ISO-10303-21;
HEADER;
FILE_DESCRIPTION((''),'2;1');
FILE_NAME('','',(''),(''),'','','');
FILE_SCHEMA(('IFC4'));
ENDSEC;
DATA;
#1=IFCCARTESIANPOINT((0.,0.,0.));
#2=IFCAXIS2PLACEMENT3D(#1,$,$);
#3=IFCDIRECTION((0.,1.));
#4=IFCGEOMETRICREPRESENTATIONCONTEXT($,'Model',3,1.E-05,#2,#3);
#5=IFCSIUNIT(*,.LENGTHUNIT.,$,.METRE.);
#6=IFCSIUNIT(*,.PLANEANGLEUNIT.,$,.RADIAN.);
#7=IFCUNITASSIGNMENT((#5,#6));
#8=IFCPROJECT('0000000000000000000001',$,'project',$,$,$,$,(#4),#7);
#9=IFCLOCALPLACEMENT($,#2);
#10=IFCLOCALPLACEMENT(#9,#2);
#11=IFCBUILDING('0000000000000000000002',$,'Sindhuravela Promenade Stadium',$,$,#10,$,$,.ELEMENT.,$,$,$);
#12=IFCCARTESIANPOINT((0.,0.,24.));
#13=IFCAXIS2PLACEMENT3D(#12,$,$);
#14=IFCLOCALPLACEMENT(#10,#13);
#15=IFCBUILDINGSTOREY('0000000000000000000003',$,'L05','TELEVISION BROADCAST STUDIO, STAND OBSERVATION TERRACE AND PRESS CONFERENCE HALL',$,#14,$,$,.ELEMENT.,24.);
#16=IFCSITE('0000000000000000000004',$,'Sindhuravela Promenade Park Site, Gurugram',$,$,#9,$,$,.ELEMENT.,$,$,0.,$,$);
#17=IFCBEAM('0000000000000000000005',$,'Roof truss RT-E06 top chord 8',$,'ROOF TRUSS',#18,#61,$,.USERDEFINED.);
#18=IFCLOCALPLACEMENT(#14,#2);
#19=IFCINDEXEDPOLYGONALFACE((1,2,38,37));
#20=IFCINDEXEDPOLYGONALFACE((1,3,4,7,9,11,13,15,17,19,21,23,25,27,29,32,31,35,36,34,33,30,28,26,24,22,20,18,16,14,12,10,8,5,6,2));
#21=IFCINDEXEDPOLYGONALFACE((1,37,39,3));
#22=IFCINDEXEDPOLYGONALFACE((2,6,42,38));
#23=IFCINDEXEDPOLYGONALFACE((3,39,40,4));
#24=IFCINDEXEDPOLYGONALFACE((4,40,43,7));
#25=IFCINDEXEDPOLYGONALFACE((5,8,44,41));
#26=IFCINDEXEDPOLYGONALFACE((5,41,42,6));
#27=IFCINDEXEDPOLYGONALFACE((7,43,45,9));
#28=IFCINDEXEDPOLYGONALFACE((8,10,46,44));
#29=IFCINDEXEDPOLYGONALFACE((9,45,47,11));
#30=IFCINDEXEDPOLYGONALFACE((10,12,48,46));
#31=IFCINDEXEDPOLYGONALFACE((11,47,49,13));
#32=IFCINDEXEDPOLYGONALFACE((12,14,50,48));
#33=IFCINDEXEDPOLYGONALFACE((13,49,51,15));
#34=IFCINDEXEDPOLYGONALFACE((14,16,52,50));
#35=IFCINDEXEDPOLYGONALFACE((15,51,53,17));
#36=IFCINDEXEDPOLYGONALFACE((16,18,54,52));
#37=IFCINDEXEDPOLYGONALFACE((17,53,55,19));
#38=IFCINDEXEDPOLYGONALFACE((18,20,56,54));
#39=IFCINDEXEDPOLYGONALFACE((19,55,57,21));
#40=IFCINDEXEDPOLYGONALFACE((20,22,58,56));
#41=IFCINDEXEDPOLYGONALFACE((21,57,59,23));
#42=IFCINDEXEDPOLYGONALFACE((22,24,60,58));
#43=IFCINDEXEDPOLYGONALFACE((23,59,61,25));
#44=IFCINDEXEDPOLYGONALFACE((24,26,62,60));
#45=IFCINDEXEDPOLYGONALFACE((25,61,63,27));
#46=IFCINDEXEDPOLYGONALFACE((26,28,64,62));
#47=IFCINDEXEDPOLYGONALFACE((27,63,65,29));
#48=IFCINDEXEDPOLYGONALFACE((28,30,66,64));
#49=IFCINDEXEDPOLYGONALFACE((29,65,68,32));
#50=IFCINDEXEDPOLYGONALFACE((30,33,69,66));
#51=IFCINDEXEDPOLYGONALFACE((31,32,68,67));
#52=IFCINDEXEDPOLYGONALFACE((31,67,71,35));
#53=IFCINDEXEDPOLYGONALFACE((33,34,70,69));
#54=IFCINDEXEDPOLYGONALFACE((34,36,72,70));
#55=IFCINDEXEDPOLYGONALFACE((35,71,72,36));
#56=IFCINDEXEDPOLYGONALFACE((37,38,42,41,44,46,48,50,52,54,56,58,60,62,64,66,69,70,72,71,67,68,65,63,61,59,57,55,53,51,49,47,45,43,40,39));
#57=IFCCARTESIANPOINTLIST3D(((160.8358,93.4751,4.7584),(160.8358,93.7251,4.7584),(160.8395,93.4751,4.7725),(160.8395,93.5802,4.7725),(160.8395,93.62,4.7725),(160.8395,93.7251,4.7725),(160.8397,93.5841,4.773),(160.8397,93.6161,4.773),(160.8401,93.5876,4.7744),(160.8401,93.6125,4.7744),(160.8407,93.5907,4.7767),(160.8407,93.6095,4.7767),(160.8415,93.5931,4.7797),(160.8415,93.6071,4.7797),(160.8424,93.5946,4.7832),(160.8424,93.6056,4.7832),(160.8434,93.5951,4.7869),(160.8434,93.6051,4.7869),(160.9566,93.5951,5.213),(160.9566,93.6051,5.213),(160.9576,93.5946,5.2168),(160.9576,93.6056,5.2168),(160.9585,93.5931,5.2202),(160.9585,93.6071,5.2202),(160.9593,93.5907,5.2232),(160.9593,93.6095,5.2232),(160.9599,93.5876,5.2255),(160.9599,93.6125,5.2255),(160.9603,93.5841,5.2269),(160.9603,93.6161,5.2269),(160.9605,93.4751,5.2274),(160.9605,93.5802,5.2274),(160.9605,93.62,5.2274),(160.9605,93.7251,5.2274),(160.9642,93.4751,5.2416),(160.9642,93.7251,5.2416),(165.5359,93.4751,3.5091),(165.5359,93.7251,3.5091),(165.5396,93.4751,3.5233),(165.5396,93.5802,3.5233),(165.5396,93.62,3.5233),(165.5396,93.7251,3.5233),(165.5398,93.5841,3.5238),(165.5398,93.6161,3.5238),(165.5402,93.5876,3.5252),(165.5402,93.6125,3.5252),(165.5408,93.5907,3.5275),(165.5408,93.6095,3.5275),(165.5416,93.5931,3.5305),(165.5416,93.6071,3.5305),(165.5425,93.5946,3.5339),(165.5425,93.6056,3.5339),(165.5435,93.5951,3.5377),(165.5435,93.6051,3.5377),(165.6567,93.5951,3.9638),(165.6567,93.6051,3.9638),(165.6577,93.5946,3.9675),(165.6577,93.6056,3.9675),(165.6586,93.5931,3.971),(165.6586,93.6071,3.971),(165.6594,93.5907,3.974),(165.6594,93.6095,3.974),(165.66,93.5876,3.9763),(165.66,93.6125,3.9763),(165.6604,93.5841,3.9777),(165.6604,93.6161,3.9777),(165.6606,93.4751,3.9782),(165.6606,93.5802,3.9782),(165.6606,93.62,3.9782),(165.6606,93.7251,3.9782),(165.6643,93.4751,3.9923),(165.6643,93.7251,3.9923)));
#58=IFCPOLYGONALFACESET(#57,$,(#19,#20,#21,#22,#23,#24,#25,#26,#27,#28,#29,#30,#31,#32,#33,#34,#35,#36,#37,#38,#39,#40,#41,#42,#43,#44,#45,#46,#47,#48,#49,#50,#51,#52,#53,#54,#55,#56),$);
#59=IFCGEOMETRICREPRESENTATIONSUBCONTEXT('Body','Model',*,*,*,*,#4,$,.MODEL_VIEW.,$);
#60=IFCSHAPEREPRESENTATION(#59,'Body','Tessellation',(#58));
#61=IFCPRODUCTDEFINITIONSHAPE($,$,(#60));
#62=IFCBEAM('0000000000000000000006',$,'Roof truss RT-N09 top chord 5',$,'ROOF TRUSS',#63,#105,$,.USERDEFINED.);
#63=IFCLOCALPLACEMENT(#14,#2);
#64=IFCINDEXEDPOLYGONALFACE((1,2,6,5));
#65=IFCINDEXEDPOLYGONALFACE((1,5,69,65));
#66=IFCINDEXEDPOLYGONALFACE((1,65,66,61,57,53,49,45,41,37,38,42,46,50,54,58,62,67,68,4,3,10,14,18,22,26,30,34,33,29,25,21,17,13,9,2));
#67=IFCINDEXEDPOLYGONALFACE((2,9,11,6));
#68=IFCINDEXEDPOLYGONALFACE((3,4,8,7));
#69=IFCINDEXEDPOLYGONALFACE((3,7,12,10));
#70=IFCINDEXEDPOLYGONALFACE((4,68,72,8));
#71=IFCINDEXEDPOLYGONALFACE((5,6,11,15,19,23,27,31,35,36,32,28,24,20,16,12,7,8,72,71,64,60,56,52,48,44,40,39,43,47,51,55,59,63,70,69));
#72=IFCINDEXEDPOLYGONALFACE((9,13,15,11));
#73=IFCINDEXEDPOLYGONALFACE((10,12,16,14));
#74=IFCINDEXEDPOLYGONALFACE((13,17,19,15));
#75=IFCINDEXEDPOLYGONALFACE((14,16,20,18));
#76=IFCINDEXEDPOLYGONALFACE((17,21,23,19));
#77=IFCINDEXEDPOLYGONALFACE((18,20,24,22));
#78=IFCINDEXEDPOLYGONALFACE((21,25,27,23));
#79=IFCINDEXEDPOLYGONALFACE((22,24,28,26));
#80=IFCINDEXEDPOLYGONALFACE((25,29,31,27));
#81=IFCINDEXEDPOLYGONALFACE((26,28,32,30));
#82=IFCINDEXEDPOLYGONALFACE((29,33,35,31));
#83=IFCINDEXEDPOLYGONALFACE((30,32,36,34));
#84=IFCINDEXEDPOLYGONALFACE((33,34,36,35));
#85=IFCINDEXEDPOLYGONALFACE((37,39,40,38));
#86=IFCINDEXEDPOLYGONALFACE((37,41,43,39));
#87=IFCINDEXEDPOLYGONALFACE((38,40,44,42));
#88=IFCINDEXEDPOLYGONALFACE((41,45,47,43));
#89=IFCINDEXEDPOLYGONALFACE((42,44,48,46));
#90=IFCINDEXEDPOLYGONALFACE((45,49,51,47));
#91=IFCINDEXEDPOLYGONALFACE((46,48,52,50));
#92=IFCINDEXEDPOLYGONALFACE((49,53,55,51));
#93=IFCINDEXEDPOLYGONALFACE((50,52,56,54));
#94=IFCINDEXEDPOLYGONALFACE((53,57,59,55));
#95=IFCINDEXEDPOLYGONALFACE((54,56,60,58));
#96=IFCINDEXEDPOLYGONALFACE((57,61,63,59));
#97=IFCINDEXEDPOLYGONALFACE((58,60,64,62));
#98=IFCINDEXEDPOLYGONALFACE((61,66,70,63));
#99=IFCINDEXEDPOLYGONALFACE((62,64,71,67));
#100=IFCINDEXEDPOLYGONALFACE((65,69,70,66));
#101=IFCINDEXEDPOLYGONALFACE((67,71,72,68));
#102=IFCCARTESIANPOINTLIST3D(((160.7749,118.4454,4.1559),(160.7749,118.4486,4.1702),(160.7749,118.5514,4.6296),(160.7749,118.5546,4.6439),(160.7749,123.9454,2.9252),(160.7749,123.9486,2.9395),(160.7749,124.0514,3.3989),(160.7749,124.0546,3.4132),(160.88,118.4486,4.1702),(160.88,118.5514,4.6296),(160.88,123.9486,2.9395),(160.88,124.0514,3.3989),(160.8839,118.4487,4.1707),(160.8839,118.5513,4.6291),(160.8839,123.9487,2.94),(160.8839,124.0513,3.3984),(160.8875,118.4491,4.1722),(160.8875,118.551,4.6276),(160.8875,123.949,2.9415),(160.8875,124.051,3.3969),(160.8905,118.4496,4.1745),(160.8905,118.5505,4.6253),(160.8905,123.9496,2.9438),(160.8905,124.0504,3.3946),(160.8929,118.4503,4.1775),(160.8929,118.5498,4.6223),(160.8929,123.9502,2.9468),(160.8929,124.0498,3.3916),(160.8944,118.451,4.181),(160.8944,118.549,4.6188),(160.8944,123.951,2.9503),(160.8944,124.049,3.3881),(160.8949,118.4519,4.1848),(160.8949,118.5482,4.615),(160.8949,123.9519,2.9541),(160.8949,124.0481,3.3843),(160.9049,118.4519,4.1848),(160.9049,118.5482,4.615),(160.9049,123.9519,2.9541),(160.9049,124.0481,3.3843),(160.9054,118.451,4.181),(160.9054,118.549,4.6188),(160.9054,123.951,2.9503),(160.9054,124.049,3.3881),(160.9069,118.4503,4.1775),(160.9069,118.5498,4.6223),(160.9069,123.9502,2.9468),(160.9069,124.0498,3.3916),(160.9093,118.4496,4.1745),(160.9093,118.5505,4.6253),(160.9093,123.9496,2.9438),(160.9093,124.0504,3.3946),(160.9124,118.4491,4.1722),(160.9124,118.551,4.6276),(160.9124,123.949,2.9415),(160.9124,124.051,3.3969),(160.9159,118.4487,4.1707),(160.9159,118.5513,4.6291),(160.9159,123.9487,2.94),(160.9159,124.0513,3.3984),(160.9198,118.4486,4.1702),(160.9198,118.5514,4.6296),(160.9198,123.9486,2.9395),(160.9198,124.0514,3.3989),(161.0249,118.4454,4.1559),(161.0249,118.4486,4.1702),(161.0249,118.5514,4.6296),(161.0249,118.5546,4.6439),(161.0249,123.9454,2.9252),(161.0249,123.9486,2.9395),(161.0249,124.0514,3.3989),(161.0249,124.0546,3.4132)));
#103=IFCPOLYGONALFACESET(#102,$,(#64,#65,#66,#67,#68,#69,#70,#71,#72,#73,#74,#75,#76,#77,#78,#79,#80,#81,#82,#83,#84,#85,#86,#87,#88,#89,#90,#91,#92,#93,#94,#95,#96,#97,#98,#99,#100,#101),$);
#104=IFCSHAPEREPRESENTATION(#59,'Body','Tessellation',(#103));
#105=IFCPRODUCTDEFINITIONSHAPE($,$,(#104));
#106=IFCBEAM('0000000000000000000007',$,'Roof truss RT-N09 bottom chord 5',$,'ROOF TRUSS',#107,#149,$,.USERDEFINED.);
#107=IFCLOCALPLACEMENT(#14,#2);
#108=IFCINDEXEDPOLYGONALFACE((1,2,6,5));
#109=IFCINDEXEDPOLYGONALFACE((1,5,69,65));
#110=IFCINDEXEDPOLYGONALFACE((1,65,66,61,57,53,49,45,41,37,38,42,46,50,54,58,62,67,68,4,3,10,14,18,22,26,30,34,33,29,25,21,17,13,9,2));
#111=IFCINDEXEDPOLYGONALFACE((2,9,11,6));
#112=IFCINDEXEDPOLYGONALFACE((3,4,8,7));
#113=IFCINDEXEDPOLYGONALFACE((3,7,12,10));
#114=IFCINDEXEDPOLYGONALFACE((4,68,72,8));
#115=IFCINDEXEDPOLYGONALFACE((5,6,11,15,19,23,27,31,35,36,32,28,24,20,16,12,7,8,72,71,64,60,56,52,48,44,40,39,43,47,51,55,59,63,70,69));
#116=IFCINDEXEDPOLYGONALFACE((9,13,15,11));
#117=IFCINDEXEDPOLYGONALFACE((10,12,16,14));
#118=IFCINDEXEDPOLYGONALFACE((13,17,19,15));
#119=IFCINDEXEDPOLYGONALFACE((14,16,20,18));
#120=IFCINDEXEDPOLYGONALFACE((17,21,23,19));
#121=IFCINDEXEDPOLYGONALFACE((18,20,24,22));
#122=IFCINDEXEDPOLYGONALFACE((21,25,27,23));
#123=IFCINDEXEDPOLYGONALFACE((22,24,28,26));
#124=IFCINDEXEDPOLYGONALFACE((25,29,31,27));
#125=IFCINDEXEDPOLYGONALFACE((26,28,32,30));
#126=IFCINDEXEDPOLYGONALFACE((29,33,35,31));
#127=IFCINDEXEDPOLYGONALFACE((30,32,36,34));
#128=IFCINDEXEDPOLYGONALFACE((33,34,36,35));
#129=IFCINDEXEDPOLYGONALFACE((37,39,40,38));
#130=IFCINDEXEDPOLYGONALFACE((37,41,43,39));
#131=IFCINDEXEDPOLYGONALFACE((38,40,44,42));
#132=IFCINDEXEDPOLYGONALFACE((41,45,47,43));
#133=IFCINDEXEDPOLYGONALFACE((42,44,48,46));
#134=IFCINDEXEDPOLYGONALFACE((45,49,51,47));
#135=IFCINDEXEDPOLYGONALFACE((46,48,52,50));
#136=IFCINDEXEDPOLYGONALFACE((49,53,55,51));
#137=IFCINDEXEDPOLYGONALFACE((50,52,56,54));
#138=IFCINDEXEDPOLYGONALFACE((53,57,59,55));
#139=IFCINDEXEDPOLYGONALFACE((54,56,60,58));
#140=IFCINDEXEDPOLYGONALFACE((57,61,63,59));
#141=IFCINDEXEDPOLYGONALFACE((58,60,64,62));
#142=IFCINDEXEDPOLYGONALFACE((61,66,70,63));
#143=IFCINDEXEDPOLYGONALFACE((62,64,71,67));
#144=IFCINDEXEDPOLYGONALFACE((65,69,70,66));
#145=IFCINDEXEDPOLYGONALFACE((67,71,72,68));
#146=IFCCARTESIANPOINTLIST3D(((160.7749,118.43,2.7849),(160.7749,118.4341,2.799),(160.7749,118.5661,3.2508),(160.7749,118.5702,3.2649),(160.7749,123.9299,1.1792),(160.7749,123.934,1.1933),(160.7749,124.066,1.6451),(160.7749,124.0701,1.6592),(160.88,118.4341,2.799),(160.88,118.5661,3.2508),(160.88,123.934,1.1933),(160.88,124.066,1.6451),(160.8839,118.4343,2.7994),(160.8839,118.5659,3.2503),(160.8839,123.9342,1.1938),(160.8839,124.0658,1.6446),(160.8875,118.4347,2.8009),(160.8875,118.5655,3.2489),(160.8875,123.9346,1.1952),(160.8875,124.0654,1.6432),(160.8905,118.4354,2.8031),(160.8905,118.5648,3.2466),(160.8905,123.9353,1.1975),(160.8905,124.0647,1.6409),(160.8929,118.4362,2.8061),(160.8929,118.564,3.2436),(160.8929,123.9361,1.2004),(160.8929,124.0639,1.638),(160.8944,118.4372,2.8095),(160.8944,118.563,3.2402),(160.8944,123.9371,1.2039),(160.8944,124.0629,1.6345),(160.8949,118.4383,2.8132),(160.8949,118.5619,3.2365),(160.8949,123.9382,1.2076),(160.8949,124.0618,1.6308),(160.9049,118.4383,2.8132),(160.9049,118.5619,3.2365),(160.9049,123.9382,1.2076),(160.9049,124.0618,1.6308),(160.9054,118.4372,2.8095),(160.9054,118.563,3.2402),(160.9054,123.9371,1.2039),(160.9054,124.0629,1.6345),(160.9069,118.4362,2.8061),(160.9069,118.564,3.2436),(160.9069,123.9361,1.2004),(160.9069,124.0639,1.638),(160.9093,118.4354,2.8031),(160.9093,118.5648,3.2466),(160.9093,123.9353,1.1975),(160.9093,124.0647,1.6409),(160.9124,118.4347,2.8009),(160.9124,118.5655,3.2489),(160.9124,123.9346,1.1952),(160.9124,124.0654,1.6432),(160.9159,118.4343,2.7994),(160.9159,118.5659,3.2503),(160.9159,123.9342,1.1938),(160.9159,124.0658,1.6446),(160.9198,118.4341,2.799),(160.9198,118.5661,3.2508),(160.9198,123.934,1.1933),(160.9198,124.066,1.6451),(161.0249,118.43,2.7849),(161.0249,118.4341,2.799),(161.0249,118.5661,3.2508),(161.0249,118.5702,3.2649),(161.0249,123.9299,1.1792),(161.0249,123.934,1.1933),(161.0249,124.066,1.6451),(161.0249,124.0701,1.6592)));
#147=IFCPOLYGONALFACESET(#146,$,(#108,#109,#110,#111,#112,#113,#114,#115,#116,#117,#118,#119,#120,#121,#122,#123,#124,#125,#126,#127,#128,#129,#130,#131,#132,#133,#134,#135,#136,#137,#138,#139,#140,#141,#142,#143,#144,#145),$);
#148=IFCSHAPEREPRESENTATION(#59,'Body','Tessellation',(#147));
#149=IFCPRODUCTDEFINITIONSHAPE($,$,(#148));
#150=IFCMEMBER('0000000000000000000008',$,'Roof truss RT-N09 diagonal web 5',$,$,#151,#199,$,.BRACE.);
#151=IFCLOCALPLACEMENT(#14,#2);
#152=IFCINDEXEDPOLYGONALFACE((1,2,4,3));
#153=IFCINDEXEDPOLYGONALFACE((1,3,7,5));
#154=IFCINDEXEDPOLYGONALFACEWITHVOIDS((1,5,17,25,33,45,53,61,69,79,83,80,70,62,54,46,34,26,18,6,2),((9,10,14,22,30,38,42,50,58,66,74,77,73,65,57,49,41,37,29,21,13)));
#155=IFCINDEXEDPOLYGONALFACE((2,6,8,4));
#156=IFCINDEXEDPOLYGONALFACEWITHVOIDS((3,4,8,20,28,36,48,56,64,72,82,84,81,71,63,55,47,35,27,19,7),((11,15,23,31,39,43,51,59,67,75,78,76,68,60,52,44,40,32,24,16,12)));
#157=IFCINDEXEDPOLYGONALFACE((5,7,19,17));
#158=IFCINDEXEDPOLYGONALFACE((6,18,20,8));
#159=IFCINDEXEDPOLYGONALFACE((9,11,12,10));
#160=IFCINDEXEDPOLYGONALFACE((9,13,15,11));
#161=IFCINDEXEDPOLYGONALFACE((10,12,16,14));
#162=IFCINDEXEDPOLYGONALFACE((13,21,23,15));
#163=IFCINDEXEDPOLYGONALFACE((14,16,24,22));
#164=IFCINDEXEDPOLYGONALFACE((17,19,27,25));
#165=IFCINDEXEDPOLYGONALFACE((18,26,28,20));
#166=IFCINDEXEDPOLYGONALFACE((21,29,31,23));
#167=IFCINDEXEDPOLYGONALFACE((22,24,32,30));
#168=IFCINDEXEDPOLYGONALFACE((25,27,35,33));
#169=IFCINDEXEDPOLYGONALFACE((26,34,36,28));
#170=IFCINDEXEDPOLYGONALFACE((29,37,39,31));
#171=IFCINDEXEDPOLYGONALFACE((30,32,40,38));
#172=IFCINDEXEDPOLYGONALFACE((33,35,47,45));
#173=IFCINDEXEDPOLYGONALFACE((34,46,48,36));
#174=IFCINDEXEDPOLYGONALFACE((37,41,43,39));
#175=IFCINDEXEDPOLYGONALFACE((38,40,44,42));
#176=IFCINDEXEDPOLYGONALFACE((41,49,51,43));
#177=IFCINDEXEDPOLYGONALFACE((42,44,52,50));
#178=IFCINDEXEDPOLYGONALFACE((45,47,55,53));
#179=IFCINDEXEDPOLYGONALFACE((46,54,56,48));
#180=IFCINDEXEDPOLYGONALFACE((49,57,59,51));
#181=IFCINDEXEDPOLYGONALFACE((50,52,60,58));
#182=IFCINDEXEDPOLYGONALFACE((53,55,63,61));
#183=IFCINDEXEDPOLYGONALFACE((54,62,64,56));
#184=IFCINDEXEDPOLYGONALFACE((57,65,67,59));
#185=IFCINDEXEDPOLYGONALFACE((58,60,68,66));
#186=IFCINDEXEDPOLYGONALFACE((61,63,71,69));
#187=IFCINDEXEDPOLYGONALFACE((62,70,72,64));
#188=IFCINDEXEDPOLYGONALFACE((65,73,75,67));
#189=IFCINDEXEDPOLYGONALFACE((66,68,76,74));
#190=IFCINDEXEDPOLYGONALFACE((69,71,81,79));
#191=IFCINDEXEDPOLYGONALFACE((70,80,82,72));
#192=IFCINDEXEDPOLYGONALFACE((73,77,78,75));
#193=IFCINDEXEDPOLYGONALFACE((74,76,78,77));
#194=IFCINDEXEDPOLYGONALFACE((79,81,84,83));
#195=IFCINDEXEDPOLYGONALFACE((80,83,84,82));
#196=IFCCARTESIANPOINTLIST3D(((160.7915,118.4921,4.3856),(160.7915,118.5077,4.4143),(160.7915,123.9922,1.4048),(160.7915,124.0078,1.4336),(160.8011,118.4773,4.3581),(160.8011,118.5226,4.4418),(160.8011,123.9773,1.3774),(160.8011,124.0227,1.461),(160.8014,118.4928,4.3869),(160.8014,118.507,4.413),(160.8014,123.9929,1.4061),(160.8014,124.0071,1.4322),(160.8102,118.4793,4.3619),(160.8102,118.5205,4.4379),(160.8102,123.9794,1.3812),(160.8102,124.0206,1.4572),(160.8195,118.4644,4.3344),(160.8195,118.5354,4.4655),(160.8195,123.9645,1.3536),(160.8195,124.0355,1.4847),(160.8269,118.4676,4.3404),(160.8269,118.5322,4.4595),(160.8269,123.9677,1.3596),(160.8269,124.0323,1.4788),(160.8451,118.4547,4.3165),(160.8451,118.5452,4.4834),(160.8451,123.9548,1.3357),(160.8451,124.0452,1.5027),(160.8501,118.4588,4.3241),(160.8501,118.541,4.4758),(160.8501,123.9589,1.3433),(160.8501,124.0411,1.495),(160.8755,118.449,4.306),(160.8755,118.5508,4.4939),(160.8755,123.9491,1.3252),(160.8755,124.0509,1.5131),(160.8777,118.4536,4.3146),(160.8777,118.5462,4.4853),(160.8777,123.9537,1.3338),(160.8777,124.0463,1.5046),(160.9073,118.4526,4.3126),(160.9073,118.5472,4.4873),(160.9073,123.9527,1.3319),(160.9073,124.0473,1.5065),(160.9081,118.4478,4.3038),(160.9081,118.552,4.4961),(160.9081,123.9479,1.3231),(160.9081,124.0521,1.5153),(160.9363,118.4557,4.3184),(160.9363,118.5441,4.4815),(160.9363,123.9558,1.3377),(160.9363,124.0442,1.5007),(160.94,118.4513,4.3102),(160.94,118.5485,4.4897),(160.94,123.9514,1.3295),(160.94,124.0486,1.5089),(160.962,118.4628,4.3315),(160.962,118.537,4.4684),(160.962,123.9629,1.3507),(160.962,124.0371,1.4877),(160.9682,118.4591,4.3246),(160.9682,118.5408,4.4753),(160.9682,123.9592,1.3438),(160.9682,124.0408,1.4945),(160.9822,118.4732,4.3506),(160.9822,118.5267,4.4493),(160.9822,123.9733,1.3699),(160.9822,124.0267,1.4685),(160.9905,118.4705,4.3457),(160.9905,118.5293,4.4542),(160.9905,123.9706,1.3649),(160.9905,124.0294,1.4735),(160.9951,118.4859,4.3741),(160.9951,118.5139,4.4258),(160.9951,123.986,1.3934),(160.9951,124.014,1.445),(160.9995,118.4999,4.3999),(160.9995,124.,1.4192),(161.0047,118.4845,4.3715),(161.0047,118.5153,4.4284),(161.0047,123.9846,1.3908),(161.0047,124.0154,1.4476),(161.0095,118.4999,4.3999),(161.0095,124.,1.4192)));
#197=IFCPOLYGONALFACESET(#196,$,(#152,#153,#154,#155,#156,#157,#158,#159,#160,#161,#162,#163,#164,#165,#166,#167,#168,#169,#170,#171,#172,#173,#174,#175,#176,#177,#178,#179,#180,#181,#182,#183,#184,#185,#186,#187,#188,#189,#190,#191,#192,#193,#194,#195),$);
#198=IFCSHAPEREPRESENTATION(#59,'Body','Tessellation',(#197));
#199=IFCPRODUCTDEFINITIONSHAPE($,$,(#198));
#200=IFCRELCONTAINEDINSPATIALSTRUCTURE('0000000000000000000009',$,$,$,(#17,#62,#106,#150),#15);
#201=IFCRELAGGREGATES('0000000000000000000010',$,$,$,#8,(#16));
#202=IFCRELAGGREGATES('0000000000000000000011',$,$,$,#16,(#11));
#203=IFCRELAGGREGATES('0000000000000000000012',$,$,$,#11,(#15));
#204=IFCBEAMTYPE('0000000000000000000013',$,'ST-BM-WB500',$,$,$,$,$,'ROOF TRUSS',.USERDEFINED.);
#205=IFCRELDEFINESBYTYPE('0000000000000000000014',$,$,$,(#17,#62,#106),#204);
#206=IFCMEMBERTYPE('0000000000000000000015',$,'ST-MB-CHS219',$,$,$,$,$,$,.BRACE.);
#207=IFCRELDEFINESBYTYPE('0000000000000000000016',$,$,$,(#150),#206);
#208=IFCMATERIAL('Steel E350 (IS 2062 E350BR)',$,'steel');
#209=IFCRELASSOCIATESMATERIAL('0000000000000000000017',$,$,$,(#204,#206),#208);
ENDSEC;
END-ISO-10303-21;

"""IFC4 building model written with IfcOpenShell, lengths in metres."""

from ifc_helpers import new_model, si_unit, direction, frame, origin, origin_2d, place, context, subcontext, project, spatial, hollow_circle, i_section, extrude, material, material_profile, profile_set, type_object, element, save


model = new_model("IFC4")

# Units and contexts
model_context = context("Model", 3, precision=1e-05, world=origin(), true_north=direction((0.0, 1.0)))
body_context = subcontext(model_context, "Body", "Model", "MODEL_VIEW")
ifc_project = project(units=[si_unit("LENGTHUNIT", "METRE"), si_unit("PLANEANGLEUNIT", "RADIAN")], contexts=[model_context])

# Site, building, storey
site_placement = place(None, origin())
site = spatial("IfcSite", under=ifc_project, at=site_placement, Name="Sindhuravela Promenade Park Site, Gurugram", CompositionType="ELEMENT", RefElevation=0.0)
building_placement = place(site_placement, origin())
building = spatial("IfcBuilding", under=site, at=building_placement, Name="Sindhuravela Promenade Stadium", CompositionType="ELEMENT")
storey_placement = place(building_placement, frame((0.0, 0.0, 24.0)))
storey = spatial("IfcBuildingStorey", under=building, at=storey_placement, Name="L05", Description="TELEVISION BROADCAST STUDIO, STAND OBSERVATION TERRACE AND PRESS CONFERENCE HALL", CompositionType="ELEMENT", Elevation=24.0)

# Beams
ifc_material_1 = material(Name="Steel E350 (IS 2062 E350BR)", Category="steel")
ifc_material_profile_1 = material_profile(ifc_material_1, i_section(OverallWidth=0.25, OverallDepth=0.5, WebThickness=0.01, FlangeThickness=0.0146, FilletRadius=0.0149, at=origin_2d()), Name="ISWB 500")
ifc_profile_set_1 = profile_set([ifc_material_profile_1], Name="Steel E350 (IS 2062 E350BR)")
beam_type = type_object("IfcBeamType", Name="ST-BM-WB500", ElementType="ROOF TRUSS", PredefinedType="USERDEFINED", material=ifc_profile_set_1)
beam_1_placement = place(storey_placement, frame((165.6001, 93.6001, 3.7507), z_axis=(-0.966445, 0.0, 0.256872), x_axis=(0.0, -1.0, 0.0)))
element("IfcBeam", 1, at=beam_1_placement, inside=storey, type_object=beam_type, Name="Roof truss RT-E06 top chord 8", ObjectType="ROOF TRUSS", PredefinedType="USERDEFINED", context=body_context, shape_type="SweptSolid", body=[
    extrude(i_section(OverallWidth=0.25, OverallDepth=0.5, WebThickness=0.01, FlangeThickness=0.0146, FilletRadius=0.0149, at=origin_2d()), origin(), (0.0, 0.0, 1.0), 4.8633),
])
beam_2_placement = place(storey_placement, frame((160.8999, 124.0, 3.1692), z_axis=(0.0, -0.975867, 0.218366), x_axis=(1.0, 0.0, 0.0)))
element("IfcBeam", 2, at=beam_2_placement, inside=storey, type_object=beam_type, Name="Roof truss RT-N09 top chord 5", ObjectType="ROOF TRUSS", PredefinedType="USERDEFINED", context=body_context, shape_type="SweptSolid", body=[
    extrude(i_section(OverallWidth=0.25, OverallDepth=0.5, WebThickness=0.01, FlangeThickness=0.0146, FilletRadius=0.0149, at=origin_2d()), origin(), (0.0, 0.0, 1.0), 5.636),
])
beam_3_placement = place(storey_placement, frame((160.8999, 124.0, 1.4192), z_axis=(0.0, -0.959927, 0.280249), x_axis=(1.0, 0.0, 0.0)))
element("IfcBeam", 3, at=beam_3_placement, inside=storey, type_object=beam_type, Name="Roof truss RT-N09 bottom chord 5", ObjectType="ROOF TRUSS", PredefinedType="USERDEFINED", context=body_context, shape_type="SweptSolid", body=[
    extrude(i_section(OverallWidth=0.25, OverallDepth=0.5, WebThickness=0.01, FlangeThickness=0.0146, FilletRadius=0.0149, at=origin_2d()), origin(), (0.0, 0.0, 1.0), 5.7295),
])

# Member
ifc_material_profile_2 = material_profile(ifc_material_1, hollow_circle(Radius=0.1096, WallThickness=0.01, at=origin_2d()), Name="CHS 219.1x10")
ifc_profile_set_2 = profile_set([ifc_material_profile_2], Name="Steel E350 (IS 2062 E350BR)")
member_type_1 = type_object("IfcMemberType", Name="ST-MB-CHS219", PredefinedType="BRACE", material=ifc_profile_set_2)
member_1_placement = place(storey_placement, frame((160.8999, 124.0, 1.4192), z_axis=(0.0, -0.879188, 0.476474), x_axis=(1.0, 0.0, 0.0)))
element("IfcMember", 4, at=member_1_placement, inside=storey, type_object=member_type_1, Name="Roof truss RT-N09 diagonal web 5", PredefinedType="BRACE", context=body_context, shape_type="SweptSolid", body=[
    extrude(hollow_circle(Radius=0.1096, WallThickness=0.01, at=origin_2d()), origin(), (0.0, 0.0, 1.0), 6.2559),
])

save(model, "model.ifc")
